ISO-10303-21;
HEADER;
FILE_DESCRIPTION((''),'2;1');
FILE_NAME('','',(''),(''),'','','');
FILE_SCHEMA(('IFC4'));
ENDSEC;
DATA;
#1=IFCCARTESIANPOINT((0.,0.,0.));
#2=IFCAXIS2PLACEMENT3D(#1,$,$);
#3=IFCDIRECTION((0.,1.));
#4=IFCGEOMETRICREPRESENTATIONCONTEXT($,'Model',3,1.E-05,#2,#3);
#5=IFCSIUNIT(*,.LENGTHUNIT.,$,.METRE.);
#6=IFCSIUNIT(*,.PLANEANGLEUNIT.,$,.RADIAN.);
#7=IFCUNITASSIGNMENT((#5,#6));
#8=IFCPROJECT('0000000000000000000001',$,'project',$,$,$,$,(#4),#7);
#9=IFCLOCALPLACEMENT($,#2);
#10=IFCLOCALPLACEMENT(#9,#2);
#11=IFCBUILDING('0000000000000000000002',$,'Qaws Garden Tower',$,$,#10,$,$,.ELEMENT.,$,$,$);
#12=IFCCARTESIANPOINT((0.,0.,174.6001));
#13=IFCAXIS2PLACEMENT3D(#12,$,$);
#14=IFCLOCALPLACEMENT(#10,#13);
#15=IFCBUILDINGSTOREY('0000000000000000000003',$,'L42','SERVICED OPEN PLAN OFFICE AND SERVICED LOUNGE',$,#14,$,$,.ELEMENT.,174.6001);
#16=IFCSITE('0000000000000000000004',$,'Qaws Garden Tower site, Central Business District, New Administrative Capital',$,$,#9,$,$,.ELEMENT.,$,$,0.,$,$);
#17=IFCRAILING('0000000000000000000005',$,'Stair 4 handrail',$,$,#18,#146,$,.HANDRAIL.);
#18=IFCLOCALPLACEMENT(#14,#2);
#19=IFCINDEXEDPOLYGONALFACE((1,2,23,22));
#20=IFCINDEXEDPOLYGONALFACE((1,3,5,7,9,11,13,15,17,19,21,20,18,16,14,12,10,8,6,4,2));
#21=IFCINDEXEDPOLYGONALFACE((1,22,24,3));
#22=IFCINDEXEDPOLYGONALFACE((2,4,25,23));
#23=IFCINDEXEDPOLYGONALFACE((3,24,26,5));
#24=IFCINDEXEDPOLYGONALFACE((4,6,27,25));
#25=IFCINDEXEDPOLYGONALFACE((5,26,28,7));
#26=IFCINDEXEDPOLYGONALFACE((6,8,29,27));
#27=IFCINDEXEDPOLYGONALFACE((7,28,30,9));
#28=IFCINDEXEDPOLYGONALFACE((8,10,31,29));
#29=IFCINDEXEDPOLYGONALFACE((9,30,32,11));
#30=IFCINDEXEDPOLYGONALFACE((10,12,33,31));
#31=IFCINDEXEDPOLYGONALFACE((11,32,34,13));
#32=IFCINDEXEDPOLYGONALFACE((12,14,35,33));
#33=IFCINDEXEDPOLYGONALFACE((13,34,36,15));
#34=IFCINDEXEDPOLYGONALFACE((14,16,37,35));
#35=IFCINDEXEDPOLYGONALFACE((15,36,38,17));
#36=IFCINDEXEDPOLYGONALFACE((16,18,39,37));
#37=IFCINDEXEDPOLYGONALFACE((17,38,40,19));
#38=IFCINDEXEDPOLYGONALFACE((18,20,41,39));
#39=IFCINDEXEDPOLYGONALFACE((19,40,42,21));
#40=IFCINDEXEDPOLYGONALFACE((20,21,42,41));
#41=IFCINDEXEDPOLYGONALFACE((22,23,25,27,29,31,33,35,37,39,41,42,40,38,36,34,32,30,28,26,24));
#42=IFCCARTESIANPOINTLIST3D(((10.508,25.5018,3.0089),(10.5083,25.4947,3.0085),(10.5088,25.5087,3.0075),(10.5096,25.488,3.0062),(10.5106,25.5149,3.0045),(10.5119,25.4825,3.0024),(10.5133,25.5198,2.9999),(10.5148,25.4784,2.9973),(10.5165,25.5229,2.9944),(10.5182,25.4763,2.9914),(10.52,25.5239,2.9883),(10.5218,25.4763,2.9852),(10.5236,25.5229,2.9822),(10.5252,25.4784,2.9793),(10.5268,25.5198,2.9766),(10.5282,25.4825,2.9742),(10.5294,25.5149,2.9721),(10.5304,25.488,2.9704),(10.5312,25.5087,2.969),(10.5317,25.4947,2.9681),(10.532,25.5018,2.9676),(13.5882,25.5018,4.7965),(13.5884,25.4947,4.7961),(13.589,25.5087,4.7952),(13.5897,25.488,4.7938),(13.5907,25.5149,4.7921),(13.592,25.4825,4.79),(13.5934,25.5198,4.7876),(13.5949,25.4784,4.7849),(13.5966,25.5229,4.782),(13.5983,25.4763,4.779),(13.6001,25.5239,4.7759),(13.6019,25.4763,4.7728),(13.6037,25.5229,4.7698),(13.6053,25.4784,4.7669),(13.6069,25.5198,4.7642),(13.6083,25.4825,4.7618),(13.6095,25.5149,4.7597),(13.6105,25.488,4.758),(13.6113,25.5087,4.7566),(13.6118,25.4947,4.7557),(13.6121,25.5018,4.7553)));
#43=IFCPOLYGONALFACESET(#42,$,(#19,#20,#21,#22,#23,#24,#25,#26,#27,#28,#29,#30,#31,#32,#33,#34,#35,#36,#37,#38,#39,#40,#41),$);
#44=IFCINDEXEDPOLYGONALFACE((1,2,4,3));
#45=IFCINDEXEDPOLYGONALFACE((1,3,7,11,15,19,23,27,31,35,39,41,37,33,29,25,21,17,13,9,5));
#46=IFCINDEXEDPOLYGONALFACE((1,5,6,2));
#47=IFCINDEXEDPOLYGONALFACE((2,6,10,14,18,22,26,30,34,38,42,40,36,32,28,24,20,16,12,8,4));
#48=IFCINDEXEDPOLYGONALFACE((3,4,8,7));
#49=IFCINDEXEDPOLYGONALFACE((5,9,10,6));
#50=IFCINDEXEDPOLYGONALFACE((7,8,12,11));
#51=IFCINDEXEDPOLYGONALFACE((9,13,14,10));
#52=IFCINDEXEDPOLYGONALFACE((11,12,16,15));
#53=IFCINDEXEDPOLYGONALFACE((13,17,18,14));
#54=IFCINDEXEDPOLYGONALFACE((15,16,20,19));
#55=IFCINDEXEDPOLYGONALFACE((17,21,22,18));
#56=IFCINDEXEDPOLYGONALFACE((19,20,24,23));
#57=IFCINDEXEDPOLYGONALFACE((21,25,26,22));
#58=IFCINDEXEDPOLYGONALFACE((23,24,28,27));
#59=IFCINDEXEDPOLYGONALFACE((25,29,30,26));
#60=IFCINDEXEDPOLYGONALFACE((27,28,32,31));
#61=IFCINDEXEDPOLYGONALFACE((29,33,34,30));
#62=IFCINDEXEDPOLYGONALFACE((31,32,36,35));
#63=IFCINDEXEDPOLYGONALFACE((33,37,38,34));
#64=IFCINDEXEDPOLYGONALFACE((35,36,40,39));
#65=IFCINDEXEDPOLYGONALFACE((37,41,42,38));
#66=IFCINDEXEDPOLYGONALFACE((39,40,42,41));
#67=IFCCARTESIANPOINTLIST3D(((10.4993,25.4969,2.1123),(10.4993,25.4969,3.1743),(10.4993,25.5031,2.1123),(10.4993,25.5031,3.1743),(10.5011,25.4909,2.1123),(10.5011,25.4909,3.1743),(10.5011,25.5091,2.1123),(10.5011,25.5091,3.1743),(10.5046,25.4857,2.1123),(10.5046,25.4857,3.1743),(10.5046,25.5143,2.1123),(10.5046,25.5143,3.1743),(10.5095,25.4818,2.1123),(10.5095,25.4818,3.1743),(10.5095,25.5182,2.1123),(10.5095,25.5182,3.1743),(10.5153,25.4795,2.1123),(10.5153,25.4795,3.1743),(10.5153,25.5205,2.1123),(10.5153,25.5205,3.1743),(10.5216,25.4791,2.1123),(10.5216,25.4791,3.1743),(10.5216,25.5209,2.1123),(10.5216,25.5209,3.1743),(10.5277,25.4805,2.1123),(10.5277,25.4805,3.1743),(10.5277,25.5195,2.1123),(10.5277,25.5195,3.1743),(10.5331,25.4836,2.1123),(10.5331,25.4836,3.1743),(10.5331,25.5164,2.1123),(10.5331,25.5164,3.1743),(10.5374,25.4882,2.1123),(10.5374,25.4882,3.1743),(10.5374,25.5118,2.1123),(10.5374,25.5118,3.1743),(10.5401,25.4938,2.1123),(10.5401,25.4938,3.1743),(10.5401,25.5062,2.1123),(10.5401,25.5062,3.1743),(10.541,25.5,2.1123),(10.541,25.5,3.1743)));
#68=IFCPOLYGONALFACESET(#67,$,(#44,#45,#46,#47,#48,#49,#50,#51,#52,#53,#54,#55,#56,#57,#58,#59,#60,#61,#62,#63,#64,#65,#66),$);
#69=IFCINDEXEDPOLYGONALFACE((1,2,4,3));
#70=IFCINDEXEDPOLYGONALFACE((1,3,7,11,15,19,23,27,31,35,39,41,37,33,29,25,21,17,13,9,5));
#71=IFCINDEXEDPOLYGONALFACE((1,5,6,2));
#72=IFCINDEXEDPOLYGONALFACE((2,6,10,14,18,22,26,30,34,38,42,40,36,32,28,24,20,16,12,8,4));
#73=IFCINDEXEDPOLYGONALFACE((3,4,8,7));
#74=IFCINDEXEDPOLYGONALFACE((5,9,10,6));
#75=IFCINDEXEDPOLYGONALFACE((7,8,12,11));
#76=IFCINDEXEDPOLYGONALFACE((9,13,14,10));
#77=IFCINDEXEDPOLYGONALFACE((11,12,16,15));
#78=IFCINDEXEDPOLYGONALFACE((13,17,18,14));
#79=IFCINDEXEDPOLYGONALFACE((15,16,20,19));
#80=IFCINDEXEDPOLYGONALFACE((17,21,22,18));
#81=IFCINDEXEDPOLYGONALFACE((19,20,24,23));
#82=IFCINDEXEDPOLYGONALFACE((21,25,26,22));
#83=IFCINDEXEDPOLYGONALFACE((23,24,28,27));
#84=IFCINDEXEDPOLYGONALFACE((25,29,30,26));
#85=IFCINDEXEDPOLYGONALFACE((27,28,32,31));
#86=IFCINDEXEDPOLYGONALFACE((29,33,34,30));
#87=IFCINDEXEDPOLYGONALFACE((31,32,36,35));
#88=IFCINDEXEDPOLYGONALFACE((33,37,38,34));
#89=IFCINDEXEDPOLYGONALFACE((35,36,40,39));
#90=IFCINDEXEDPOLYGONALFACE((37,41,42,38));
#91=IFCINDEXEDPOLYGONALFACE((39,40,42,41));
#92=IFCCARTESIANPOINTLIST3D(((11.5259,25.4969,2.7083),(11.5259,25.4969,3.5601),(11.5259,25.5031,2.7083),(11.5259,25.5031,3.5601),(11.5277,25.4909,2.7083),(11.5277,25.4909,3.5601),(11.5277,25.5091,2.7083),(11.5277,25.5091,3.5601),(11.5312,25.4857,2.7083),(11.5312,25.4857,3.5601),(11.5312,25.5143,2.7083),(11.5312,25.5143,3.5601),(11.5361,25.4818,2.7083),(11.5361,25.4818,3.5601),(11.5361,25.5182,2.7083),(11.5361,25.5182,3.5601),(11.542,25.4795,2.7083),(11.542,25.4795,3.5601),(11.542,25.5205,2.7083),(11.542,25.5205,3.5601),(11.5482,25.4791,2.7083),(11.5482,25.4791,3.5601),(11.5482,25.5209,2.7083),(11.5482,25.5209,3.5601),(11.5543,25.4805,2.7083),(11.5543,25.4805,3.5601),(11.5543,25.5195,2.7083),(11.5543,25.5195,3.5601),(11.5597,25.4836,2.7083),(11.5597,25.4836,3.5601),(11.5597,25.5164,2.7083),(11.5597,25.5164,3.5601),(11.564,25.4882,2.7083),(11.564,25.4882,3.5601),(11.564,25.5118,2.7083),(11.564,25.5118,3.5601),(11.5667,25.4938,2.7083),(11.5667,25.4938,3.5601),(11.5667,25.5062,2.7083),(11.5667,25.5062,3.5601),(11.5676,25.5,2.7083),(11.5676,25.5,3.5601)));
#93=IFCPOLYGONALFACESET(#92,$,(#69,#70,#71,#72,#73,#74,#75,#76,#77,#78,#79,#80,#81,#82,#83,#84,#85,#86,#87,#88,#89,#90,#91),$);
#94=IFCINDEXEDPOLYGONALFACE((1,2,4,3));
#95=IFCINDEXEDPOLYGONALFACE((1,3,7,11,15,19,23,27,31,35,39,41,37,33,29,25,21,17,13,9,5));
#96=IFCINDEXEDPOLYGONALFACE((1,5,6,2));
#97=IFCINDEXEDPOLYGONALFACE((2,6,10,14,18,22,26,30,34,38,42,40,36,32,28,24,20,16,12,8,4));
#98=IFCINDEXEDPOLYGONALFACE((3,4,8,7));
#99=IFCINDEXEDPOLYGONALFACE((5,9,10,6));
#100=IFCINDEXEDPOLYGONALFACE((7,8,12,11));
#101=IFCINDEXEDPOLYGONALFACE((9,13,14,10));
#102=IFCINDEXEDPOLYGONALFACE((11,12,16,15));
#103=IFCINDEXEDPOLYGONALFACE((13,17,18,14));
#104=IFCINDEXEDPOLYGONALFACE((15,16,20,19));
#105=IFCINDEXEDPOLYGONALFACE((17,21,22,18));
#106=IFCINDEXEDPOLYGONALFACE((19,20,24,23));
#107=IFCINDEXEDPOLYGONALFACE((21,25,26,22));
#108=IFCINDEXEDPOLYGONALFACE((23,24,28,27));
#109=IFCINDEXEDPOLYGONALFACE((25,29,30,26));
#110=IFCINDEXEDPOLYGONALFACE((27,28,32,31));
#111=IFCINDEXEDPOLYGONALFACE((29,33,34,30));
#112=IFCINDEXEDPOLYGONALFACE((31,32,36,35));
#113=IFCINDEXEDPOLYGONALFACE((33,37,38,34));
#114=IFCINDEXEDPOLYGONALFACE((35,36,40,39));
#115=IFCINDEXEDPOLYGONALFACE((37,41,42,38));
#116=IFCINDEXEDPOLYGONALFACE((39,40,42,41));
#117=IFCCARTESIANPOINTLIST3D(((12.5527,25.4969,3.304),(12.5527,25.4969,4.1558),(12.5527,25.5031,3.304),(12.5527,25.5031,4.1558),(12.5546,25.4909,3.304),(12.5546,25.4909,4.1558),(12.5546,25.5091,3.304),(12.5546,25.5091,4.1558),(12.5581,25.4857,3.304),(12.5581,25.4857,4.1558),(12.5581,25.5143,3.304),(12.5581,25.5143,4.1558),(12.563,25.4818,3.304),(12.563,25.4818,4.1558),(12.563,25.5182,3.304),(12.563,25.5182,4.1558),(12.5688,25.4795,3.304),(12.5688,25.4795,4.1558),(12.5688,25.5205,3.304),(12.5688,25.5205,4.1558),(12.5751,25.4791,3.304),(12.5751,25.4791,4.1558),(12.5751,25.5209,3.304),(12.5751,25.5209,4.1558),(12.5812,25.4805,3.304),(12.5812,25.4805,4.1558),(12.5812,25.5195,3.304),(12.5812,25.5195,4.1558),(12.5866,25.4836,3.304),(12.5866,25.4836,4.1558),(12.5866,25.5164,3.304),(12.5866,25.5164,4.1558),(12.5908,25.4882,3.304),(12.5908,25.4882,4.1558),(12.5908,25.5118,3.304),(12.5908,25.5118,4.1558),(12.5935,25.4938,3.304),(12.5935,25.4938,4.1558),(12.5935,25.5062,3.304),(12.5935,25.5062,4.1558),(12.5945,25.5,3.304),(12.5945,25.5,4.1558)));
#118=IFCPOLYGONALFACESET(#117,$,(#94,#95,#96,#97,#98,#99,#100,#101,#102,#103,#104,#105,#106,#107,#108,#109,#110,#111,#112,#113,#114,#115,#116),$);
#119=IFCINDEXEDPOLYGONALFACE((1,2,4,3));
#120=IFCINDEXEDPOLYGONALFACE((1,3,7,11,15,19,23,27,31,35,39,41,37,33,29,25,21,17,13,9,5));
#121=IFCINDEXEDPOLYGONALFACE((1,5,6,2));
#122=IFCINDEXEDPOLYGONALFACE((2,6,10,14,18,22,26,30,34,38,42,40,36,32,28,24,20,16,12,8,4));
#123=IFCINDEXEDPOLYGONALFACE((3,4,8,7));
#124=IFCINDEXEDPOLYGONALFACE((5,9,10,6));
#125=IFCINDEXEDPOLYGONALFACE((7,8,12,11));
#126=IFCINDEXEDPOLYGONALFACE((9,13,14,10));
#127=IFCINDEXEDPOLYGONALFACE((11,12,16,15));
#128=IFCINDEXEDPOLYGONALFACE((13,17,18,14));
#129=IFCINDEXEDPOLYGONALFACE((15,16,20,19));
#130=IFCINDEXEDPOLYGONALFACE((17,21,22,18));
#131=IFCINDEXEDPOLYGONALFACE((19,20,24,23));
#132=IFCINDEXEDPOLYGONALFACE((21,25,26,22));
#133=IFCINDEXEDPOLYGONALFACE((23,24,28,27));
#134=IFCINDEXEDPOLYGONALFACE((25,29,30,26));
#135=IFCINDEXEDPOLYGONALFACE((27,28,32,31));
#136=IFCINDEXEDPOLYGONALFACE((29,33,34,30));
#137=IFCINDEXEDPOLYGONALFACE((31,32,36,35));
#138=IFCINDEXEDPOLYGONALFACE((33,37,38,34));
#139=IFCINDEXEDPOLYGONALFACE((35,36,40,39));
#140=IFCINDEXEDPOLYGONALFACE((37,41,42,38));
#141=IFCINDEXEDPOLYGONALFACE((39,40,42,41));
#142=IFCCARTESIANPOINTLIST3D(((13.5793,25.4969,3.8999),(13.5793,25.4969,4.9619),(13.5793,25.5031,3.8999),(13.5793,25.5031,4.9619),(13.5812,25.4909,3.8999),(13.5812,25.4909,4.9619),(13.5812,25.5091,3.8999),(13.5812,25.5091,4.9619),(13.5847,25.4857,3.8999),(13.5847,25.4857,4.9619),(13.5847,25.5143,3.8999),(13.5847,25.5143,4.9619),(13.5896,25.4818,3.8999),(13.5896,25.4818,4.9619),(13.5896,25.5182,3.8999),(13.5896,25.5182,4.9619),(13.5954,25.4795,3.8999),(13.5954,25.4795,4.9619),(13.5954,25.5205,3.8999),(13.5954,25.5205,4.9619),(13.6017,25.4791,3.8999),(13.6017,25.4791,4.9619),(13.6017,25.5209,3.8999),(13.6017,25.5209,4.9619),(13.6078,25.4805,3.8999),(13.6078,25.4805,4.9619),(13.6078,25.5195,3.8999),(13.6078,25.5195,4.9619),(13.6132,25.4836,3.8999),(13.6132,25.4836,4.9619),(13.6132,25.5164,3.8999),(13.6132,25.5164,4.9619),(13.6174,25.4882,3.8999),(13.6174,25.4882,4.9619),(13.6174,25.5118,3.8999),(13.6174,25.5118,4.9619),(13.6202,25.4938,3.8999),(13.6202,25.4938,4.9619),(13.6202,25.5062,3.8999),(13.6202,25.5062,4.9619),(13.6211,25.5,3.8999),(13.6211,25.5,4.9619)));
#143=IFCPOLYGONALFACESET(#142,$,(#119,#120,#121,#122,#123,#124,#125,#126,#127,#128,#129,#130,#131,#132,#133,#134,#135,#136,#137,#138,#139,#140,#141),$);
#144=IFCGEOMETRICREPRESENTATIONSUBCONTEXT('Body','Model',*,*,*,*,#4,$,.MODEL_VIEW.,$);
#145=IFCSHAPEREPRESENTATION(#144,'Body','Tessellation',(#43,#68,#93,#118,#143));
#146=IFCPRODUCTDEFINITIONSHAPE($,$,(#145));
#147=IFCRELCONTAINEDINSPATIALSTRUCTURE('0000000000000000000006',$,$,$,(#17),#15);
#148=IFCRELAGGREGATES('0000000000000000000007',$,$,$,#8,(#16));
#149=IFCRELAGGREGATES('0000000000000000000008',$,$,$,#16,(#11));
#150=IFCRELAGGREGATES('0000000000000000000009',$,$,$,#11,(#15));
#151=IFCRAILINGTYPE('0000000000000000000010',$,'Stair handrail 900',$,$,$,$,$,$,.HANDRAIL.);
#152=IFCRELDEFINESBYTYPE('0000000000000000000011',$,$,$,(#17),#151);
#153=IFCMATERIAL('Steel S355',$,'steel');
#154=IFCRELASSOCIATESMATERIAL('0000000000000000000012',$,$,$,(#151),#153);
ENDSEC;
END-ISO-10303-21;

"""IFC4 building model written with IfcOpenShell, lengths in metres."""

from ifc_helpers import new_model, si_unit, direction, frame, origin, origin_2d, place, context, subcontext, project, spatial, circle, extrude, material, type_object, element, save


model = new_model("IFC4")

# Units and contexts
model_context = context("Model", 3, precision=1e-05, world=origin(), true_north=direction((0.0, 1.0)))
body_context = subcontext(model_context, "Body", "Model", "MODEL_VIEW")
ifc_project = project(units=[si_unit("LENGTHUNIT", "METRE"), si_unit("PLANEANGLEUNIT", "RADIAN")], contexts=[model_context])

# Site, building, storey
site_placement = place(None, origin())
site = spatial("IfcSite", under=ifc_project, at=site_placement, Name="Qaws Garden Tower site, Central Business District, New Administrative Capital", CompositionType="ELEMENT", RefElevation=0.0)
building_placement = place(site_placement, origin())
building = spatial("IfcBuilding", under=site, at=building_placement, Name="Qaws Garden Tower", CompositionType="ELEMENT")
storey_placement = place(building_placement, frame((0.0, 0.0, 174.6001)))
storey = spatial("IfcBuildingStorey", under=building, at=storey_placement, Name="L42", Description="SERVICED OPEN PLAN OFFICE AND SERVICED LOUNGE", CompositionType="ELEMENT", Elevation=174.6001)

# Railing
ifc_material_1 = material(Name="Steel S355", Category="steel")
railing_type = type_object("IfcRailingType", Name="Stair handrail 900", PredefinedType="HANDRAIL", material=ifc_material_1)
railing_1_placement = place(storey_placement, frame((10.52, 25.5, 2.1123)))
element("IfcRailing", 1, at=railing_1_placement, inside=storey, type_object=railing_type, Name="Stair 4 handrail", PredefinedType="HANDRAIL", context=body_context, shape_type="SweptSolid", body=[
    extrude(circle(Radius=0.0239, at=origin_2d()), frame((0.0, 0.0, 0.876), z_axis=(0.864891, 0.0, 0.50196), x_axis=(0.0, 1.0, 0.0)), (0.0, 0.0, 1.0), 3.5613),
    extrude(circle(Radius=0.021, at=origin_2d()), origin(), (0.0, 0.0, 1.0), 1.062),
    extrude(circle(Radius=0.021, at=origin_2d()), frame((1.0266, 0.0, 0.5959)), (0.0, 0.0, 1.0), 0.8518),
    extrude(circle(Radius=0.021, at=origin_2d()), frame((2.0535, 0.0, 1.1917)), (0.0, 0.0, 1.0), 0.8518),
    extrude(circle(Radius=0.021, at=origin_2d()), frame((3.0801, 0.0, 1.7876)), (0.0, 0.0, 1.0), 1.062),
])

save(model, "model.ifc")
